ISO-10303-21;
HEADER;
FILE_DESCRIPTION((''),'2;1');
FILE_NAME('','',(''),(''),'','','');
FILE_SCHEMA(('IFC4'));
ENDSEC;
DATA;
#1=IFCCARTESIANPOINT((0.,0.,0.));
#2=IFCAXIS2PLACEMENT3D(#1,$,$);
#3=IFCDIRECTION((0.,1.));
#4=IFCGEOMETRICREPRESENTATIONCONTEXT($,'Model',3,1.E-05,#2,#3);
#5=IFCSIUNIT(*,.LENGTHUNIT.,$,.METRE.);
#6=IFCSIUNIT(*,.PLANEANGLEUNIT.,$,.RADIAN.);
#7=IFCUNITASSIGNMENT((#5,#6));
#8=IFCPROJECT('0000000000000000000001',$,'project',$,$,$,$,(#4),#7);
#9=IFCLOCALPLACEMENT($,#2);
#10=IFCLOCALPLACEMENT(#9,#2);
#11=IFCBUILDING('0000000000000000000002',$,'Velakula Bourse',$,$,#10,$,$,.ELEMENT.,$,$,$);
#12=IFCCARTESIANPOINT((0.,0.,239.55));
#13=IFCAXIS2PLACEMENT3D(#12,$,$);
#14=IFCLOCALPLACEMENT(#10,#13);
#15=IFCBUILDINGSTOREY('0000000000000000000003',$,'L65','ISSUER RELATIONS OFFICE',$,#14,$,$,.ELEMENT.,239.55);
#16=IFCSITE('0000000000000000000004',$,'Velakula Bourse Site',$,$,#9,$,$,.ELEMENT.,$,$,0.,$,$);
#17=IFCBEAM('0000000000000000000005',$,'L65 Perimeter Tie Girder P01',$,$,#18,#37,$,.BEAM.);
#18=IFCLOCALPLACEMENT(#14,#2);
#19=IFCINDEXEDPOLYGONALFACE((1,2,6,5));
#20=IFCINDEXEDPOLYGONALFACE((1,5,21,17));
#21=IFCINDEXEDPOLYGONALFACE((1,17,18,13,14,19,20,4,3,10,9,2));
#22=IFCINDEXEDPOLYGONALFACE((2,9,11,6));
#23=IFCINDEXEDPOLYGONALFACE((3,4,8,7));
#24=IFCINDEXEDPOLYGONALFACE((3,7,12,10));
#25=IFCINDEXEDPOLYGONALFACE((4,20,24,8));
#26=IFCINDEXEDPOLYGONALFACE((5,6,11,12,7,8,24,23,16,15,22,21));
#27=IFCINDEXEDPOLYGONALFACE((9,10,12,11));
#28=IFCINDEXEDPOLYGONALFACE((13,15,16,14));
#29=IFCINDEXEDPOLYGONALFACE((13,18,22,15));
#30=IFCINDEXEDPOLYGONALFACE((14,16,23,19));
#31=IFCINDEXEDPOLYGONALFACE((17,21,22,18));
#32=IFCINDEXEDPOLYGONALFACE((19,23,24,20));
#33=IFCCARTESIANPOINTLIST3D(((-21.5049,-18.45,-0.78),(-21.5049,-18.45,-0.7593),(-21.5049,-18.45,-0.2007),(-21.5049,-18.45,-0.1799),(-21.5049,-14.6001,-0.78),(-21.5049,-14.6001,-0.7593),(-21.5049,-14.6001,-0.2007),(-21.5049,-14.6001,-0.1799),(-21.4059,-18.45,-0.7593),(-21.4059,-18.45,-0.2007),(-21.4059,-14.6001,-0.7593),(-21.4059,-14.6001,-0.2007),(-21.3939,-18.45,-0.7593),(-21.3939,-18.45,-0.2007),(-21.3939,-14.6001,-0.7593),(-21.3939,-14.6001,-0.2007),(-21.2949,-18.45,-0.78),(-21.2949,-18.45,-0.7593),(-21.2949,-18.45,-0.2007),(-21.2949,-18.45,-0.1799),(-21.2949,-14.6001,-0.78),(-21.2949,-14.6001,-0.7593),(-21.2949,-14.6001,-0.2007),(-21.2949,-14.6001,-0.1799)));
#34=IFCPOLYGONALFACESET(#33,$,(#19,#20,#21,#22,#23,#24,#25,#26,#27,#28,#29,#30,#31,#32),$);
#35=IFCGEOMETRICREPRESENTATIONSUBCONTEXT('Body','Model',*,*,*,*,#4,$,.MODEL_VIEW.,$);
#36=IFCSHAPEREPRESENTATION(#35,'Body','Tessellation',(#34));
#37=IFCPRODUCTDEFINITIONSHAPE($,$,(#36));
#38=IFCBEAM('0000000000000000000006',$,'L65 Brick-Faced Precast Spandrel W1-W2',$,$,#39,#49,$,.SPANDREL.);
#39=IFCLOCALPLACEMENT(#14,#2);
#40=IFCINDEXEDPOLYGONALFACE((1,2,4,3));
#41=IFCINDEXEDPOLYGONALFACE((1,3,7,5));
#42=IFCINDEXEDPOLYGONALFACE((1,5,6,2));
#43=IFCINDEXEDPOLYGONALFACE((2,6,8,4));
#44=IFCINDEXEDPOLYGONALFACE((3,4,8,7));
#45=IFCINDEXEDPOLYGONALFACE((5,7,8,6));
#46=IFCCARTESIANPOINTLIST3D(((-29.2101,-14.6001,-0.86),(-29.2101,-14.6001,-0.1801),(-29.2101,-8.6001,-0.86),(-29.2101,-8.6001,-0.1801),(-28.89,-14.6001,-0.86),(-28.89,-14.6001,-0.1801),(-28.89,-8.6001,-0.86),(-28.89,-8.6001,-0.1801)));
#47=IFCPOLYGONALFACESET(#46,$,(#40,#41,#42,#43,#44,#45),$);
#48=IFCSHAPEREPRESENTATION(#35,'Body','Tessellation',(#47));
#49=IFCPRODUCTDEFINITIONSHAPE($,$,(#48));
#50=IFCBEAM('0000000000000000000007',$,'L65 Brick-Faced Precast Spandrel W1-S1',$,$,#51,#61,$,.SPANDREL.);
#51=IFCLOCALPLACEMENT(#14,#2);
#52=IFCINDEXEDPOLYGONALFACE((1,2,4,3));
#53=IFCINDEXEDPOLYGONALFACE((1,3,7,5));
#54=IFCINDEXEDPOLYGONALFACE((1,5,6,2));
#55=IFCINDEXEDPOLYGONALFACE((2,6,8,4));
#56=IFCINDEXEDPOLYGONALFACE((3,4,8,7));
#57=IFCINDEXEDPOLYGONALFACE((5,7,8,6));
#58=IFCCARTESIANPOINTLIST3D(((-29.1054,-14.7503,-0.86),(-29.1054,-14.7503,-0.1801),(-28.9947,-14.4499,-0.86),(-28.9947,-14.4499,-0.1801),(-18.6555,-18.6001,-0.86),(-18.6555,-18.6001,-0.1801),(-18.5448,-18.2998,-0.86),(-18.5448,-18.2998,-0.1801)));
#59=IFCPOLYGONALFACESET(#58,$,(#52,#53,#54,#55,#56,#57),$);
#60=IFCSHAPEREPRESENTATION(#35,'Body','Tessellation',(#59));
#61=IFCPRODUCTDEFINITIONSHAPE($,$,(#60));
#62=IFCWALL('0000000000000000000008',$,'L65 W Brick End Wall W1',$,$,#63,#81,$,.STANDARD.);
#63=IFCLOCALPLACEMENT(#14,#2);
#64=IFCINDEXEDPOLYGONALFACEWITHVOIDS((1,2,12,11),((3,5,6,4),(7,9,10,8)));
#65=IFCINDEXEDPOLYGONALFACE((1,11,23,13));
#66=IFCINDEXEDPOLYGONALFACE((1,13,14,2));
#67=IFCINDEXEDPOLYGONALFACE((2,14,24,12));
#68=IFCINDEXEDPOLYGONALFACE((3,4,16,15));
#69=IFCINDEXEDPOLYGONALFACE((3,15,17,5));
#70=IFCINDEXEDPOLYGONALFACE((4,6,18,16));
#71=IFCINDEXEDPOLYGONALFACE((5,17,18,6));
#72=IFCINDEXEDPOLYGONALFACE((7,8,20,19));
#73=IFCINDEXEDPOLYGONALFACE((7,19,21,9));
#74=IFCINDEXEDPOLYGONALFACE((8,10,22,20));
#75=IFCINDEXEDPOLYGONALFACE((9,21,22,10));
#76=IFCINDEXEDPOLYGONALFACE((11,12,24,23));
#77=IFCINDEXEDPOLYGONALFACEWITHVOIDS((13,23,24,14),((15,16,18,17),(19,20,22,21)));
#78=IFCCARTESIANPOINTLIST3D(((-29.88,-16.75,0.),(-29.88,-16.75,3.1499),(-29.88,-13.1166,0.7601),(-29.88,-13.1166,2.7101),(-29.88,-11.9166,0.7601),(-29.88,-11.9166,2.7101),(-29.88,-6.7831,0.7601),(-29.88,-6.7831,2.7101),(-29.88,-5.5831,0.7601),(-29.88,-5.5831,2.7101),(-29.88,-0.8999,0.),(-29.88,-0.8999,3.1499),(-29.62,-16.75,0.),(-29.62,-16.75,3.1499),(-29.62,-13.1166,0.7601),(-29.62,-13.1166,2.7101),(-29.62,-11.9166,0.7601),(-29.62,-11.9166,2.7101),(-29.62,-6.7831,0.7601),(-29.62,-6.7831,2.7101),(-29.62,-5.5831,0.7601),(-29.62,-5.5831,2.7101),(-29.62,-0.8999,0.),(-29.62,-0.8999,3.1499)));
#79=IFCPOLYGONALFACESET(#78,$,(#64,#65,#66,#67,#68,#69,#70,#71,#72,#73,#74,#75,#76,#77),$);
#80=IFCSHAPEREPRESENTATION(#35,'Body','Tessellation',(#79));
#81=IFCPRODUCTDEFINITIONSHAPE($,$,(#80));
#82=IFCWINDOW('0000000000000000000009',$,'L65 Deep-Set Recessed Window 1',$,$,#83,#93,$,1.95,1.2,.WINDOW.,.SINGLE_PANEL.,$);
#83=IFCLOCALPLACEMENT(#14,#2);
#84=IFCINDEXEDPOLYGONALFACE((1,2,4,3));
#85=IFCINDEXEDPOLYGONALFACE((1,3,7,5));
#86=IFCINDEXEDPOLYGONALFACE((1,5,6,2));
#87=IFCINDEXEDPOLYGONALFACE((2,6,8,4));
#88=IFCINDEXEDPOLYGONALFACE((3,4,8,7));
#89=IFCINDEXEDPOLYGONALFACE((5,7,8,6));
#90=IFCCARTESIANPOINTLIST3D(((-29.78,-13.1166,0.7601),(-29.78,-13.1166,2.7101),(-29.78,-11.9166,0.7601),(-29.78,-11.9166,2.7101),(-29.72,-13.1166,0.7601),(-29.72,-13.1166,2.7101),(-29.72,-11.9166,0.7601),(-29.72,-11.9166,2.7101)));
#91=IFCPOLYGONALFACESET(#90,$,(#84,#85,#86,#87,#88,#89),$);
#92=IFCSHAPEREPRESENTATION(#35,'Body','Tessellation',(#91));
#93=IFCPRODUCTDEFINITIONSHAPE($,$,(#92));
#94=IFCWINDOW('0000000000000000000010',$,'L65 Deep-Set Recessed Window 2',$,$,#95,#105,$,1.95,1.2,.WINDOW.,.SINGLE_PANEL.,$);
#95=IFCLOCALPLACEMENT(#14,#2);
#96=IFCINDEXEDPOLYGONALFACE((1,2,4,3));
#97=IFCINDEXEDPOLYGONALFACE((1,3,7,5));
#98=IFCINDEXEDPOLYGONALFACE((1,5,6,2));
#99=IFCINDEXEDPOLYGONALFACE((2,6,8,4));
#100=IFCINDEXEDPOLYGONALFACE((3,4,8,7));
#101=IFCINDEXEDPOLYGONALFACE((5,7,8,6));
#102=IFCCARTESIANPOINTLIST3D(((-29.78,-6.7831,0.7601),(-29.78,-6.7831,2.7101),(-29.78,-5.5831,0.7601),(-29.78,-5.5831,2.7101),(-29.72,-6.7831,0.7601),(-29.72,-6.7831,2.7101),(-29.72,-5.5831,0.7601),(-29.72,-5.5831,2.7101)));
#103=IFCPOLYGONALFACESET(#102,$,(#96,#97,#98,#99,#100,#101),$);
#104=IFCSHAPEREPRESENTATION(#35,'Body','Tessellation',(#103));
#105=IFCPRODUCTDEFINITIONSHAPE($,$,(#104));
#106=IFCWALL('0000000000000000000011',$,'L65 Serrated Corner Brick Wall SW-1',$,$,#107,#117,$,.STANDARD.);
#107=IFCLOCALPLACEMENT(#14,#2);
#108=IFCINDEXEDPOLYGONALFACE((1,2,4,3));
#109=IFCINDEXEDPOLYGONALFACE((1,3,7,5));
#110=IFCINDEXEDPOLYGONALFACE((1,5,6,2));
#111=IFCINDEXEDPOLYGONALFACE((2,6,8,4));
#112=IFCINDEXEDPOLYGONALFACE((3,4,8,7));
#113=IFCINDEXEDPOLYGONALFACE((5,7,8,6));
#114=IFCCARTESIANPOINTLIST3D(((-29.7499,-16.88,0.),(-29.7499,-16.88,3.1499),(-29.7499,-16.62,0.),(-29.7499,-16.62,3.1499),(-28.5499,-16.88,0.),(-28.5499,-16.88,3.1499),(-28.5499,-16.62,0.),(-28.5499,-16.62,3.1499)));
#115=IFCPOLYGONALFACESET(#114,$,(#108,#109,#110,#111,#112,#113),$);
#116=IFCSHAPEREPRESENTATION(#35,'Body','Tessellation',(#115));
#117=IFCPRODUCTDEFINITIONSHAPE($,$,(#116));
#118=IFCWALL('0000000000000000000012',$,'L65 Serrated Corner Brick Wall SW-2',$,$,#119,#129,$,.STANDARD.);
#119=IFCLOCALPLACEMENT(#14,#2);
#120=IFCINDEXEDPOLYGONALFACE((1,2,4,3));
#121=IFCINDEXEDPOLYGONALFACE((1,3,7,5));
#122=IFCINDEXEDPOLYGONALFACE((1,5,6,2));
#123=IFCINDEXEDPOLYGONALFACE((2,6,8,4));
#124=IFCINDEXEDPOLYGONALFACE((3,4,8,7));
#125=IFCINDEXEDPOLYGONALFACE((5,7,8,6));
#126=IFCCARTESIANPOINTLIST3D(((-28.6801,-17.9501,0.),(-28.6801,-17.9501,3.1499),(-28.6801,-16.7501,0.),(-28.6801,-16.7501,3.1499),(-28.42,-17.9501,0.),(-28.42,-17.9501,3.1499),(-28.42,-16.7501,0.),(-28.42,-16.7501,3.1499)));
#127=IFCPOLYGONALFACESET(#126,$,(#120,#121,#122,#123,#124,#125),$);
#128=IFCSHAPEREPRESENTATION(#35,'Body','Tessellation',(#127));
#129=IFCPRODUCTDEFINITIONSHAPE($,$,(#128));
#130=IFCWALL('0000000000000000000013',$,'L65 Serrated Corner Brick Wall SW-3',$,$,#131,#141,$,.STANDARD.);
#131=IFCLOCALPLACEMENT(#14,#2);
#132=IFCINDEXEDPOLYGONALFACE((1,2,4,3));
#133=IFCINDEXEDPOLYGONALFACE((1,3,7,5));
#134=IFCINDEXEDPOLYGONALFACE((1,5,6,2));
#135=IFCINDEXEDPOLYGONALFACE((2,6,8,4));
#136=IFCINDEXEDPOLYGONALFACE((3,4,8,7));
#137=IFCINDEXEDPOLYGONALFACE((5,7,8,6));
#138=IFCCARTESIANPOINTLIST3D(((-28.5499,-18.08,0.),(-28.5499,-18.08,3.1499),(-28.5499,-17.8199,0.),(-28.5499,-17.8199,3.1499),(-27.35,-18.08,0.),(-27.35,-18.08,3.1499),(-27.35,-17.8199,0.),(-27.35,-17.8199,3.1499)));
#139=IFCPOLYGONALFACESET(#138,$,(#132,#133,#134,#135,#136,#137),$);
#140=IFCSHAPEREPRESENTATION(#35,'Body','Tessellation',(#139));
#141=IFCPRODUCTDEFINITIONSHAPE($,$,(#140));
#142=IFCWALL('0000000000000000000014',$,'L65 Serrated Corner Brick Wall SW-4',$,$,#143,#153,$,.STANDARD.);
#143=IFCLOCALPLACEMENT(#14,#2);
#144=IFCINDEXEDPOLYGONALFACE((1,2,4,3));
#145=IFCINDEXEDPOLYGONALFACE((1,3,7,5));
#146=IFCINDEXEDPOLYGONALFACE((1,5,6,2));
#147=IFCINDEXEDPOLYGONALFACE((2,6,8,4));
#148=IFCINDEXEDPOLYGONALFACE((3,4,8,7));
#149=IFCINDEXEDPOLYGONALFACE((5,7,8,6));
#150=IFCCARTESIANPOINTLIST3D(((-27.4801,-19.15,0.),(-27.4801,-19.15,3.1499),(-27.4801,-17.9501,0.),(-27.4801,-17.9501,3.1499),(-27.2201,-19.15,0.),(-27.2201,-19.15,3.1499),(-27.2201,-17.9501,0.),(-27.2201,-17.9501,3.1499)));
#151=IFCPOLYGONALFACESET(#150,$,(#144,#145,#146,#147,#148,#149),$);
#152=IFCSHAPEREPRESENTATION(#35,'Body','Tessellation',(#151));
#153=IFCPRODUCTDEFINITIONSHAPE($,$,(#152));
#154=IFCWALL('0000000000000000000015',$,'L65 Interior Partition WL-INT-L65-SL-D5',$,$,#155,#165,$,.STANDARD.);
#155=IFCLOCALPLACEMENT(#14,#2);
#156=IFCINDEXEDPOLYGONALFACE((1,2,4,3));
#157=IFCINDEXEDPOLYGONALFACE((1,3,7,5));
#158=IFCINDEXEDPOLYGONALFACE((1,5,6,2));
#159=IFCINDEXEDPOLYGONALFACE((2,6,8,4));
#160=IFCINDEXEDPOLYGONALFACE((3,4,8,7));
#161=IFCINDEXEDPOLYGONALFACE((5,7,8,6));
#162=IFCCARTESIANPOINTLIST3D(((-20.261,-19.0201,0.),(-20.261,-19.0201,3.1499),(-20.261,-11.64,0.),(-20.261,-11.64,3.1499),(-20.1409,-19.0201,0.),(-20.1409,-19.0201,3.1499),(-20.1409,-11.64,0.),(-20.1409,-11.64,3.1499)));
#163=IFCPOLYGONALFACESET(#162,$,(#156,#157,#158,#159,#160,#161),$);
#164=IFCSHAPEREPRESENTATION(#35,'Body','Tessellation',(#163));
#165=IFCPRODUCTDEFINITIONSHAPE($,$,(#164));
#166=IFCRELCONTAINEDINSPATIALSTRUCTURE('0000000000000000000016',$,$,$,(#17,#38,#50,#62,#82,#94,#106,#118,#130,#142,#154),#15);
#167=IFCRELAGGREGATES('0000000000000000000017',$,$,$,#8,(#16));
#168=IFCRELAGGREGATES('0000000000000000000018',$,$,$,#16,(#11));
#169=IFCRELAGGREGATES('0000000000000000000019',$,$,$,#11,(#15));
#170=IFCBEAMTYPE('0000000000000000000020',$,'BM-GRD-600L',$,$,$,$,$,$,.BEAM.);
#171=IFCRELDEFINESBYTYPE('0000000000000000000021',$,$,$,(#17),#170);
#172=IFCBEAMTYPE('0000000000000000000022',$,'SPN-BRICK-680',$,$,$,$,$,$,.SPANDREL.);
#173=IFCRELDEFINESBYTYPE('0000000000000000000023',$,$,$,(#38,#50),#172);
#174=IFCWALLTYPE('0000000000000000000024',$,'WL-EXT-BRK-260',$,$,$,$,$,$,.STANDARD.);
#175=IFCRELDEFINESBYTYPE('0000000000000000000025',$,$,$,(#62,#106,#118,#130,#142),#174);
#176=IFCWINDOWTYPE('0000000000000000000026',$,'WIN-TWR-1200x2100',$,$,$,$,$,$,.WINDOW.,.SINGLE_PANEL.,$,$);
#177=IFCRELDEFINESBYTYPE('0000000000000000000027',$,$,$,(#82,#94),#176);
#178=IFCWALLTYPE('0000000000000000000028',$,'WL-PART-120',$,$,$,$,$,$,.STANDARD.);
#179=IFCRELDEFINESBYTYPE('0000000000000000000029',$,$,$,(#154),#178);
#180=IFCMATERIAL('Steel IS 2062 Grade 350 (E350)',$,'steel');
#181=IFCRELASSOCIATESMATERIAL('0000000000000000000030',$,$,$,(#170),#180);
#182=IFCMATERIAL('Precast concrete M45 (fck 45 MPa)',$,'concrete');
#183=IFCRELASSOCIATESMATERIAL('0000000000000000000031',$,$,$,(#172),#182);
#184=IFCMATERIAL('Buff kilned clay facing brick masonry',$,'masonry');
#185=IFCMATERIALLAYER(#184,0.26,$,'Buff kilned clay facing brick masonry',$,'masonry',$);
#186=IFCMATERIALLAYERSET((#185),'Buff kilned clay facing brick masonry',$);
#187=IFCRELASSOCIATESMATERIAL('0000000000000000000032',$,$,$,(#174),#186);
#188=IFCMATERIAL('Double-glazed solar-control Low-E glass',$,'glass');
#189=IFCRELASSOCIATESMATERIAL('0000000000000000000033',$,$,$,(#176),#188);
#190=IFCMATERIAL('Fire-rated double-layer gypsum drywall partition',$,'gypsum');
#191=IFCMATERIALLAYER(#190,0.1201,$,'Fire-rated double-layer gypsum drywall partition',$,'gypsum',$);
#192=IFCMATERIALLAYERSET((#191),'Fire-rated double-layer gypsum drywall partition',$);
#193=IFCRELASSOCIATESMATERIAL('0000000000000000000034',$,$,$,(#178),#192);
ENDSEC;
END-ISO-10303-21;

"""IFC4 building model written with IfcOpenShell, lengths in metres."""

from ifc_helpers import new_model, si_unit, direction, frame, frame_2d, origin, origin_2d, place, context, subcontext, project, spatial, rectangle, i_section, extrude, material, layer, layer_set, material_profile, profile_set, type_object, element, fill, save


model = new_model("IFC4")

# Units and contexts
model_context = context("Model", 3, precision=1e-05, world=origin(), true_north=direction((0.0, 1.0)))
body_context = subcontext(model_context, "Body", "Model", "MODEL_VIEW")
ifc_project = project(units=[si_unit("LENGTHUNIT", "METRE"), si_unit("PLANEANGLEUNIT", "RADIAN")], contexts=[model_context])

# Site, building, storey
site_placement = place(None, origin())
site = spatial("IfcSite", under=ifc_project, at=site_placement, Name="Velakula Bourse Site", CompositionType="ELEMENT", RefElevation=0.0)
building_placement = place(site_placement, origin())
building = spatial("IfcBuilding", under=site, at=building_placement, Name="Velakula Bourse", CompositionType="ELEMENT")
storey_placement = place(building_placement, frame((0.0, 0.0, 239.55)))
storey = spatial("IfcBuildingStorey", under=building, at=storey_placement, Name="L65", Description="ISSUER RELATIONS OFFICE", CompositionType="ELEMENT", Elevation=239.55)

# Shared definitions
ifc_material_1 = material(Name="Steel IS 2062 Grade 350 (E350)", Category="steel")
ifc_material_2 = material(Name="Precast concrete M45 (fck 45 MPa)", Category="concrete")

# Beams
ifc_material_profile_1 = material_profile(ifc_material_1, i_section(OverallWidth=0.21, OverallDepth=0.6001, WebThickness=0.012, FlangeThickness=0.0208, at=origin_2d()), Name="Steel IS 2062 Grade 350 (E350)")
ifc_profile_set_1 = profile_set([ifc_material_profile_1], Name="Steel IS 2062 Grade 350 (E350)")
beam_type_1 = type_object("IfcBeamType", Name="BM-GRD-600L", PredefinedType="BEAM", material=ifc_profile_set_1)
beam_1_placement = place(storey_placement, frame((-21.3999, -14.6001, -0.48), z_axis=(0.0, -1.0, 0.0), x_axis=(1.0, 0.0, 0.0)))
element("IfcBeam", 1, at=beam_1_placement, inside=storey, type_object=beam_type_1, Name="L65 Perimeter Tie Girder P01", PredefinedType="BEAM", context=body_context, shape_type="SweptSolid", body=[
    extrude(i_section(OverallWidth=0.21, OverallDepth=0.6001, WebThickness=0.012, FlangeThickness=0.0208, at=origin_2d()), origin(), (0.0, 0.0, 1.0), 3.8499),
])
ifc_material_profile_2 = material_profile(ifc_material_2, rectangle(XDim=0.3201, YDim=0.6799, at=origin_2d()), Name="Precast concrete M45 (fck 45 MPa)")
ifc_profile_set_2 = profile_set([ifc_material_profile_2], Name="Precast concrete M45 (fck 45 MPa)")
beam_type_2 = type_object("IfcBeamType", Name="SPN-BRICK-680", PredefinedType="SPANDREL", material=ifc_profile_set_2)
beam_2_placement = place(storey_placement, frame((-29.05, -14.6001, -0.52), z_axis=(0.0, 1.0, 0.0), x_axis=(-1.0, 0.0, 0.0)))
element("IfcBeam", 2, at=beam_2_placement, inside=storey, type_object=beam_type_2, Name="L65 Brick-Faced Precast Spandrel W1-W2", PredefinedType="SPANDREL", context=body_context, shape_type="SweptSolid", body=[
    extrude(rectangle(XDim=0.3201, YDim=0.6799, at=origin_2d()), origin(), (0.0, 0.0, 1.0), 6.0),
])
beam_3_placement = place(storey_placement, frame((-29.05, -14.6001, -0.52), z_axis=(0.938347, -0.345695, 0.0), x_axis=(0.345695, 0.938347, 0.0)))
element("IfcBeam", 3, at=beam_3_placement, inside=storey, type_object=beam_type_2, Name="L65 Brick-Faced Precast Spandrel W1-S1", PredefinedType="SPANDREL", context=body_context, shape_type="SweptSolid", body=[
    extrude(rectangle(XDim=0.3201, YDim=0.6799, at=origin_2d()), origin(), (0.0, 0.0, 1.0), 11.1365),
])

# Wall, openings, windows
ifc_material_3 = material(Name="Buff kilned clay facing brick masonry", Category="masonry")
ifc_layer_1 = layer(ifc_material_3, 0.26, Name="Buff kilned clay facing brick masonry", Category="masonry")
ifc_layer_set_1 = layer_set([ifc_layer_1], Name="Buff kilned clay facing brick masonry")
wall_type_1 = type_object("IfcWallType", Name="WL-EXT-BRK-260", PredefinedType="STANDARD", material=ifc_layer_set_1)
wall_1_placement = place(storey_placement, frame((-29.75, -16.75, 0.0), z_axis=(0.0, 0.0, 1.0), x_axis=(0.0, 1.0, 0.0)))
wall_1 = element("IfcWall", 4, at=wall_1_placement, inside=storey, type_object=wall_type_1, Name="L65 W Brick End Wall W1", PredefinedType="STANDARD", context=body_context, shape_type="SweptSolid", body=[
    extrude(rectangle(XDim=15.8501, YDim=0.26, at=frame_2d((7.925, 0.0))), origin(), (0.0, 0.0, 1.0), 3.1499),
])
opening_1_placement = place(wall_1_placement, frame((3.6333, 0.0, 0.76)))
opening_1 = element("IfcOpeningElement", 5, at=opening_1_placement, cuts=wall_1, PredefinedType="OPENING", context=body_context, shape_type="SweptSolid", body=[
    extrude(rectangle(XDim=1.2, YDim=1.95, at=frame_2d((0.6001, 0.9751))), frame((0.0, 0.1399, 0.0), z_axis=(0.0, -1.0, 0.0), x_axis=(1.0, 0.0, 0.0)), (0.0, 0.0, 1.0), 0.28),
])
opening_2_placement = place(wall_1_placement, frame((9.9668, 0.0, 0.76)))
opening_2 = element("IfcOpeningElement", 6, at=opening_2_placement, cuts=wall_1, PredefinedType="OPENING", context=body_context, shape_type="SweptSolid", body=[
    extrude(rectangle(XDim=1.2, YDim=1.95, at=frame_2d((0.6001, 0.9751))), frame((0.0, 0.1399, 0.0), z_axis=(0.0, -1.0, 0.0), x_axis=(1.0, 0.0, 0.0)), (0.0, 0.0, 1.0), 0.28),
])
ifc_material_4 = material(Name="Double-glazed solar-control Low-E glass", Category="glass")
window_type = type_object("IfcWindowType", Name="WIN-TWR-1200x2100", PartitioningType="SINGLE_PANEL", PredefinedType="WINDOW", material=ifc_material_4)
window_1_placement = place(opening_1_placement, origin())
window_1 = element("IfcWindow", 7, at=window_1_placement, inside=storey, type_object=window_type, Name="L65 Deep-Set Recessed Window 1", OverallHeight=1.95, OverallWidth=1.2, PartitioningType="SINGLE_PANEL", PredefinedType="WINDOW", context=body_context, shape_type="SweptSolid", body=[
    extrude(rectangle(XDim=1.2, YDim=1.95, at=frame_2d((0.6001, 0.9751))), frame((0.0, 0.03, 0.0), z_axis=(0.0, -1.0, 0.0), x_axis=(1.0, 0.0, 0.0)), (0.0, 0.0, 1.0), 0.0601),
])
fill(opening_1, window_1)
window_2_placement = place(opening_2_placement, origin())
window_2 = element("IfcWindow", 8, at=window_2_placement, inside=storey, type_object=window_type, Name="L65 Deep-Set Recessed Window 2", OverallHeight=1.95, OverallWidth=1.2, PartitioningType="SINGLE_PANEL", PredefinedType="WINDOW", context=body_context, shape_type="SweptSolid", body=[
    extrude(rectangle(XDim=1.2, YDim=1.95, at=frame_2d((0.6001, 0.9751))), frame((0.0, 0.03, 0.0), z_axis=(0.0, -1.0, 0.0), x_axis=(1.0, 0.0, 0.0)), (0.0, 0.0, 1.0), 0.0601),
])
fill(opening_2, window_2)

# Walls
for number, where, z_axis, x_axis, name in (
    (9, (-29.75, -16.75, 0.0), (0.0, 0.0, 1.0), (1.0, 0.0, 0.0), "L65 Serrated Corner Brick Wall SW-1"),
    (10, (-28.55, -16.75, 0.0), (0.0, 0.0, 1.0), (0.0, -1.0, 0.0), "L65 Serrated Corner Brick Wall SW-2"),
    (11, (-28.55, -17.95, 0.0), (0.0, 0.0, 1.0), (1.0, 0.0, 0.0), "L65 Serrated Corner Brick Wall SW-3"),
    (12, (-27.3501, -17.95, 0.0), (0.0, 0.0, 1.0), (0.0, -1.0, 0.0), "L65 Serrated Corner Brick Wall SW-4"),
):
    element("IfcWall", number, at=place(storey_placement, frame(where, z_axis=z_axis, x_axis=x_axis)), inside=storey, type_object=wall_type_1, Name=name, PredefinedType="STANDARD", context=body_context, shape_type="SweptSolid", body=[
        extrude(rectangle(XDim=1.2, YDim=0.26, at=frame_2d((0.6001, 0.0))), origin(), (0.0, 0.0, 1.0), 3.1499),
    ])
ifc_material_5 = material(Name="Fire-rated double-layer gypsum drywall partition", Category="gypsum")
ifc_layer_2 = layer(ifc_material_5, 0.1201, Name="Fire-rated double-layer gypsum drywall partition", Category="gypsum")
ifc_layer_set_2 = layer_set([ifc_layer_2], Name="Fire-rated double-layer gypsum drywall partition")
wall_type_2 = type_object("IfcWallType", Name="WL-PART-120", PredefinedType="STANDARD", material=ifc_layer_set_2)
wall_2_placement = place(storey_placement, frame((-20.2009, -19.02, 0.0), z_axis=(0.0, 0.0, 1.0), x_axis=(0.0, 1.0, 0.0)))
element("IfcWall", 13, at=wall_2_placement, inside=storey, type_object=wall_type_2, Name="L65 Interior Partition WL-INT-L65-SL-D5", PredefinedType="STANDARD", context=body_context, shape_type="SweptSolid", body=[
    extrude(rectangle(XDim=7.3801, YDim=0.1201, at=frame_2d((3.6899, 0.0))), origin(), (0.0, 0.0, 1.0), 3.1499),
])

save(model, "model.ifc")
